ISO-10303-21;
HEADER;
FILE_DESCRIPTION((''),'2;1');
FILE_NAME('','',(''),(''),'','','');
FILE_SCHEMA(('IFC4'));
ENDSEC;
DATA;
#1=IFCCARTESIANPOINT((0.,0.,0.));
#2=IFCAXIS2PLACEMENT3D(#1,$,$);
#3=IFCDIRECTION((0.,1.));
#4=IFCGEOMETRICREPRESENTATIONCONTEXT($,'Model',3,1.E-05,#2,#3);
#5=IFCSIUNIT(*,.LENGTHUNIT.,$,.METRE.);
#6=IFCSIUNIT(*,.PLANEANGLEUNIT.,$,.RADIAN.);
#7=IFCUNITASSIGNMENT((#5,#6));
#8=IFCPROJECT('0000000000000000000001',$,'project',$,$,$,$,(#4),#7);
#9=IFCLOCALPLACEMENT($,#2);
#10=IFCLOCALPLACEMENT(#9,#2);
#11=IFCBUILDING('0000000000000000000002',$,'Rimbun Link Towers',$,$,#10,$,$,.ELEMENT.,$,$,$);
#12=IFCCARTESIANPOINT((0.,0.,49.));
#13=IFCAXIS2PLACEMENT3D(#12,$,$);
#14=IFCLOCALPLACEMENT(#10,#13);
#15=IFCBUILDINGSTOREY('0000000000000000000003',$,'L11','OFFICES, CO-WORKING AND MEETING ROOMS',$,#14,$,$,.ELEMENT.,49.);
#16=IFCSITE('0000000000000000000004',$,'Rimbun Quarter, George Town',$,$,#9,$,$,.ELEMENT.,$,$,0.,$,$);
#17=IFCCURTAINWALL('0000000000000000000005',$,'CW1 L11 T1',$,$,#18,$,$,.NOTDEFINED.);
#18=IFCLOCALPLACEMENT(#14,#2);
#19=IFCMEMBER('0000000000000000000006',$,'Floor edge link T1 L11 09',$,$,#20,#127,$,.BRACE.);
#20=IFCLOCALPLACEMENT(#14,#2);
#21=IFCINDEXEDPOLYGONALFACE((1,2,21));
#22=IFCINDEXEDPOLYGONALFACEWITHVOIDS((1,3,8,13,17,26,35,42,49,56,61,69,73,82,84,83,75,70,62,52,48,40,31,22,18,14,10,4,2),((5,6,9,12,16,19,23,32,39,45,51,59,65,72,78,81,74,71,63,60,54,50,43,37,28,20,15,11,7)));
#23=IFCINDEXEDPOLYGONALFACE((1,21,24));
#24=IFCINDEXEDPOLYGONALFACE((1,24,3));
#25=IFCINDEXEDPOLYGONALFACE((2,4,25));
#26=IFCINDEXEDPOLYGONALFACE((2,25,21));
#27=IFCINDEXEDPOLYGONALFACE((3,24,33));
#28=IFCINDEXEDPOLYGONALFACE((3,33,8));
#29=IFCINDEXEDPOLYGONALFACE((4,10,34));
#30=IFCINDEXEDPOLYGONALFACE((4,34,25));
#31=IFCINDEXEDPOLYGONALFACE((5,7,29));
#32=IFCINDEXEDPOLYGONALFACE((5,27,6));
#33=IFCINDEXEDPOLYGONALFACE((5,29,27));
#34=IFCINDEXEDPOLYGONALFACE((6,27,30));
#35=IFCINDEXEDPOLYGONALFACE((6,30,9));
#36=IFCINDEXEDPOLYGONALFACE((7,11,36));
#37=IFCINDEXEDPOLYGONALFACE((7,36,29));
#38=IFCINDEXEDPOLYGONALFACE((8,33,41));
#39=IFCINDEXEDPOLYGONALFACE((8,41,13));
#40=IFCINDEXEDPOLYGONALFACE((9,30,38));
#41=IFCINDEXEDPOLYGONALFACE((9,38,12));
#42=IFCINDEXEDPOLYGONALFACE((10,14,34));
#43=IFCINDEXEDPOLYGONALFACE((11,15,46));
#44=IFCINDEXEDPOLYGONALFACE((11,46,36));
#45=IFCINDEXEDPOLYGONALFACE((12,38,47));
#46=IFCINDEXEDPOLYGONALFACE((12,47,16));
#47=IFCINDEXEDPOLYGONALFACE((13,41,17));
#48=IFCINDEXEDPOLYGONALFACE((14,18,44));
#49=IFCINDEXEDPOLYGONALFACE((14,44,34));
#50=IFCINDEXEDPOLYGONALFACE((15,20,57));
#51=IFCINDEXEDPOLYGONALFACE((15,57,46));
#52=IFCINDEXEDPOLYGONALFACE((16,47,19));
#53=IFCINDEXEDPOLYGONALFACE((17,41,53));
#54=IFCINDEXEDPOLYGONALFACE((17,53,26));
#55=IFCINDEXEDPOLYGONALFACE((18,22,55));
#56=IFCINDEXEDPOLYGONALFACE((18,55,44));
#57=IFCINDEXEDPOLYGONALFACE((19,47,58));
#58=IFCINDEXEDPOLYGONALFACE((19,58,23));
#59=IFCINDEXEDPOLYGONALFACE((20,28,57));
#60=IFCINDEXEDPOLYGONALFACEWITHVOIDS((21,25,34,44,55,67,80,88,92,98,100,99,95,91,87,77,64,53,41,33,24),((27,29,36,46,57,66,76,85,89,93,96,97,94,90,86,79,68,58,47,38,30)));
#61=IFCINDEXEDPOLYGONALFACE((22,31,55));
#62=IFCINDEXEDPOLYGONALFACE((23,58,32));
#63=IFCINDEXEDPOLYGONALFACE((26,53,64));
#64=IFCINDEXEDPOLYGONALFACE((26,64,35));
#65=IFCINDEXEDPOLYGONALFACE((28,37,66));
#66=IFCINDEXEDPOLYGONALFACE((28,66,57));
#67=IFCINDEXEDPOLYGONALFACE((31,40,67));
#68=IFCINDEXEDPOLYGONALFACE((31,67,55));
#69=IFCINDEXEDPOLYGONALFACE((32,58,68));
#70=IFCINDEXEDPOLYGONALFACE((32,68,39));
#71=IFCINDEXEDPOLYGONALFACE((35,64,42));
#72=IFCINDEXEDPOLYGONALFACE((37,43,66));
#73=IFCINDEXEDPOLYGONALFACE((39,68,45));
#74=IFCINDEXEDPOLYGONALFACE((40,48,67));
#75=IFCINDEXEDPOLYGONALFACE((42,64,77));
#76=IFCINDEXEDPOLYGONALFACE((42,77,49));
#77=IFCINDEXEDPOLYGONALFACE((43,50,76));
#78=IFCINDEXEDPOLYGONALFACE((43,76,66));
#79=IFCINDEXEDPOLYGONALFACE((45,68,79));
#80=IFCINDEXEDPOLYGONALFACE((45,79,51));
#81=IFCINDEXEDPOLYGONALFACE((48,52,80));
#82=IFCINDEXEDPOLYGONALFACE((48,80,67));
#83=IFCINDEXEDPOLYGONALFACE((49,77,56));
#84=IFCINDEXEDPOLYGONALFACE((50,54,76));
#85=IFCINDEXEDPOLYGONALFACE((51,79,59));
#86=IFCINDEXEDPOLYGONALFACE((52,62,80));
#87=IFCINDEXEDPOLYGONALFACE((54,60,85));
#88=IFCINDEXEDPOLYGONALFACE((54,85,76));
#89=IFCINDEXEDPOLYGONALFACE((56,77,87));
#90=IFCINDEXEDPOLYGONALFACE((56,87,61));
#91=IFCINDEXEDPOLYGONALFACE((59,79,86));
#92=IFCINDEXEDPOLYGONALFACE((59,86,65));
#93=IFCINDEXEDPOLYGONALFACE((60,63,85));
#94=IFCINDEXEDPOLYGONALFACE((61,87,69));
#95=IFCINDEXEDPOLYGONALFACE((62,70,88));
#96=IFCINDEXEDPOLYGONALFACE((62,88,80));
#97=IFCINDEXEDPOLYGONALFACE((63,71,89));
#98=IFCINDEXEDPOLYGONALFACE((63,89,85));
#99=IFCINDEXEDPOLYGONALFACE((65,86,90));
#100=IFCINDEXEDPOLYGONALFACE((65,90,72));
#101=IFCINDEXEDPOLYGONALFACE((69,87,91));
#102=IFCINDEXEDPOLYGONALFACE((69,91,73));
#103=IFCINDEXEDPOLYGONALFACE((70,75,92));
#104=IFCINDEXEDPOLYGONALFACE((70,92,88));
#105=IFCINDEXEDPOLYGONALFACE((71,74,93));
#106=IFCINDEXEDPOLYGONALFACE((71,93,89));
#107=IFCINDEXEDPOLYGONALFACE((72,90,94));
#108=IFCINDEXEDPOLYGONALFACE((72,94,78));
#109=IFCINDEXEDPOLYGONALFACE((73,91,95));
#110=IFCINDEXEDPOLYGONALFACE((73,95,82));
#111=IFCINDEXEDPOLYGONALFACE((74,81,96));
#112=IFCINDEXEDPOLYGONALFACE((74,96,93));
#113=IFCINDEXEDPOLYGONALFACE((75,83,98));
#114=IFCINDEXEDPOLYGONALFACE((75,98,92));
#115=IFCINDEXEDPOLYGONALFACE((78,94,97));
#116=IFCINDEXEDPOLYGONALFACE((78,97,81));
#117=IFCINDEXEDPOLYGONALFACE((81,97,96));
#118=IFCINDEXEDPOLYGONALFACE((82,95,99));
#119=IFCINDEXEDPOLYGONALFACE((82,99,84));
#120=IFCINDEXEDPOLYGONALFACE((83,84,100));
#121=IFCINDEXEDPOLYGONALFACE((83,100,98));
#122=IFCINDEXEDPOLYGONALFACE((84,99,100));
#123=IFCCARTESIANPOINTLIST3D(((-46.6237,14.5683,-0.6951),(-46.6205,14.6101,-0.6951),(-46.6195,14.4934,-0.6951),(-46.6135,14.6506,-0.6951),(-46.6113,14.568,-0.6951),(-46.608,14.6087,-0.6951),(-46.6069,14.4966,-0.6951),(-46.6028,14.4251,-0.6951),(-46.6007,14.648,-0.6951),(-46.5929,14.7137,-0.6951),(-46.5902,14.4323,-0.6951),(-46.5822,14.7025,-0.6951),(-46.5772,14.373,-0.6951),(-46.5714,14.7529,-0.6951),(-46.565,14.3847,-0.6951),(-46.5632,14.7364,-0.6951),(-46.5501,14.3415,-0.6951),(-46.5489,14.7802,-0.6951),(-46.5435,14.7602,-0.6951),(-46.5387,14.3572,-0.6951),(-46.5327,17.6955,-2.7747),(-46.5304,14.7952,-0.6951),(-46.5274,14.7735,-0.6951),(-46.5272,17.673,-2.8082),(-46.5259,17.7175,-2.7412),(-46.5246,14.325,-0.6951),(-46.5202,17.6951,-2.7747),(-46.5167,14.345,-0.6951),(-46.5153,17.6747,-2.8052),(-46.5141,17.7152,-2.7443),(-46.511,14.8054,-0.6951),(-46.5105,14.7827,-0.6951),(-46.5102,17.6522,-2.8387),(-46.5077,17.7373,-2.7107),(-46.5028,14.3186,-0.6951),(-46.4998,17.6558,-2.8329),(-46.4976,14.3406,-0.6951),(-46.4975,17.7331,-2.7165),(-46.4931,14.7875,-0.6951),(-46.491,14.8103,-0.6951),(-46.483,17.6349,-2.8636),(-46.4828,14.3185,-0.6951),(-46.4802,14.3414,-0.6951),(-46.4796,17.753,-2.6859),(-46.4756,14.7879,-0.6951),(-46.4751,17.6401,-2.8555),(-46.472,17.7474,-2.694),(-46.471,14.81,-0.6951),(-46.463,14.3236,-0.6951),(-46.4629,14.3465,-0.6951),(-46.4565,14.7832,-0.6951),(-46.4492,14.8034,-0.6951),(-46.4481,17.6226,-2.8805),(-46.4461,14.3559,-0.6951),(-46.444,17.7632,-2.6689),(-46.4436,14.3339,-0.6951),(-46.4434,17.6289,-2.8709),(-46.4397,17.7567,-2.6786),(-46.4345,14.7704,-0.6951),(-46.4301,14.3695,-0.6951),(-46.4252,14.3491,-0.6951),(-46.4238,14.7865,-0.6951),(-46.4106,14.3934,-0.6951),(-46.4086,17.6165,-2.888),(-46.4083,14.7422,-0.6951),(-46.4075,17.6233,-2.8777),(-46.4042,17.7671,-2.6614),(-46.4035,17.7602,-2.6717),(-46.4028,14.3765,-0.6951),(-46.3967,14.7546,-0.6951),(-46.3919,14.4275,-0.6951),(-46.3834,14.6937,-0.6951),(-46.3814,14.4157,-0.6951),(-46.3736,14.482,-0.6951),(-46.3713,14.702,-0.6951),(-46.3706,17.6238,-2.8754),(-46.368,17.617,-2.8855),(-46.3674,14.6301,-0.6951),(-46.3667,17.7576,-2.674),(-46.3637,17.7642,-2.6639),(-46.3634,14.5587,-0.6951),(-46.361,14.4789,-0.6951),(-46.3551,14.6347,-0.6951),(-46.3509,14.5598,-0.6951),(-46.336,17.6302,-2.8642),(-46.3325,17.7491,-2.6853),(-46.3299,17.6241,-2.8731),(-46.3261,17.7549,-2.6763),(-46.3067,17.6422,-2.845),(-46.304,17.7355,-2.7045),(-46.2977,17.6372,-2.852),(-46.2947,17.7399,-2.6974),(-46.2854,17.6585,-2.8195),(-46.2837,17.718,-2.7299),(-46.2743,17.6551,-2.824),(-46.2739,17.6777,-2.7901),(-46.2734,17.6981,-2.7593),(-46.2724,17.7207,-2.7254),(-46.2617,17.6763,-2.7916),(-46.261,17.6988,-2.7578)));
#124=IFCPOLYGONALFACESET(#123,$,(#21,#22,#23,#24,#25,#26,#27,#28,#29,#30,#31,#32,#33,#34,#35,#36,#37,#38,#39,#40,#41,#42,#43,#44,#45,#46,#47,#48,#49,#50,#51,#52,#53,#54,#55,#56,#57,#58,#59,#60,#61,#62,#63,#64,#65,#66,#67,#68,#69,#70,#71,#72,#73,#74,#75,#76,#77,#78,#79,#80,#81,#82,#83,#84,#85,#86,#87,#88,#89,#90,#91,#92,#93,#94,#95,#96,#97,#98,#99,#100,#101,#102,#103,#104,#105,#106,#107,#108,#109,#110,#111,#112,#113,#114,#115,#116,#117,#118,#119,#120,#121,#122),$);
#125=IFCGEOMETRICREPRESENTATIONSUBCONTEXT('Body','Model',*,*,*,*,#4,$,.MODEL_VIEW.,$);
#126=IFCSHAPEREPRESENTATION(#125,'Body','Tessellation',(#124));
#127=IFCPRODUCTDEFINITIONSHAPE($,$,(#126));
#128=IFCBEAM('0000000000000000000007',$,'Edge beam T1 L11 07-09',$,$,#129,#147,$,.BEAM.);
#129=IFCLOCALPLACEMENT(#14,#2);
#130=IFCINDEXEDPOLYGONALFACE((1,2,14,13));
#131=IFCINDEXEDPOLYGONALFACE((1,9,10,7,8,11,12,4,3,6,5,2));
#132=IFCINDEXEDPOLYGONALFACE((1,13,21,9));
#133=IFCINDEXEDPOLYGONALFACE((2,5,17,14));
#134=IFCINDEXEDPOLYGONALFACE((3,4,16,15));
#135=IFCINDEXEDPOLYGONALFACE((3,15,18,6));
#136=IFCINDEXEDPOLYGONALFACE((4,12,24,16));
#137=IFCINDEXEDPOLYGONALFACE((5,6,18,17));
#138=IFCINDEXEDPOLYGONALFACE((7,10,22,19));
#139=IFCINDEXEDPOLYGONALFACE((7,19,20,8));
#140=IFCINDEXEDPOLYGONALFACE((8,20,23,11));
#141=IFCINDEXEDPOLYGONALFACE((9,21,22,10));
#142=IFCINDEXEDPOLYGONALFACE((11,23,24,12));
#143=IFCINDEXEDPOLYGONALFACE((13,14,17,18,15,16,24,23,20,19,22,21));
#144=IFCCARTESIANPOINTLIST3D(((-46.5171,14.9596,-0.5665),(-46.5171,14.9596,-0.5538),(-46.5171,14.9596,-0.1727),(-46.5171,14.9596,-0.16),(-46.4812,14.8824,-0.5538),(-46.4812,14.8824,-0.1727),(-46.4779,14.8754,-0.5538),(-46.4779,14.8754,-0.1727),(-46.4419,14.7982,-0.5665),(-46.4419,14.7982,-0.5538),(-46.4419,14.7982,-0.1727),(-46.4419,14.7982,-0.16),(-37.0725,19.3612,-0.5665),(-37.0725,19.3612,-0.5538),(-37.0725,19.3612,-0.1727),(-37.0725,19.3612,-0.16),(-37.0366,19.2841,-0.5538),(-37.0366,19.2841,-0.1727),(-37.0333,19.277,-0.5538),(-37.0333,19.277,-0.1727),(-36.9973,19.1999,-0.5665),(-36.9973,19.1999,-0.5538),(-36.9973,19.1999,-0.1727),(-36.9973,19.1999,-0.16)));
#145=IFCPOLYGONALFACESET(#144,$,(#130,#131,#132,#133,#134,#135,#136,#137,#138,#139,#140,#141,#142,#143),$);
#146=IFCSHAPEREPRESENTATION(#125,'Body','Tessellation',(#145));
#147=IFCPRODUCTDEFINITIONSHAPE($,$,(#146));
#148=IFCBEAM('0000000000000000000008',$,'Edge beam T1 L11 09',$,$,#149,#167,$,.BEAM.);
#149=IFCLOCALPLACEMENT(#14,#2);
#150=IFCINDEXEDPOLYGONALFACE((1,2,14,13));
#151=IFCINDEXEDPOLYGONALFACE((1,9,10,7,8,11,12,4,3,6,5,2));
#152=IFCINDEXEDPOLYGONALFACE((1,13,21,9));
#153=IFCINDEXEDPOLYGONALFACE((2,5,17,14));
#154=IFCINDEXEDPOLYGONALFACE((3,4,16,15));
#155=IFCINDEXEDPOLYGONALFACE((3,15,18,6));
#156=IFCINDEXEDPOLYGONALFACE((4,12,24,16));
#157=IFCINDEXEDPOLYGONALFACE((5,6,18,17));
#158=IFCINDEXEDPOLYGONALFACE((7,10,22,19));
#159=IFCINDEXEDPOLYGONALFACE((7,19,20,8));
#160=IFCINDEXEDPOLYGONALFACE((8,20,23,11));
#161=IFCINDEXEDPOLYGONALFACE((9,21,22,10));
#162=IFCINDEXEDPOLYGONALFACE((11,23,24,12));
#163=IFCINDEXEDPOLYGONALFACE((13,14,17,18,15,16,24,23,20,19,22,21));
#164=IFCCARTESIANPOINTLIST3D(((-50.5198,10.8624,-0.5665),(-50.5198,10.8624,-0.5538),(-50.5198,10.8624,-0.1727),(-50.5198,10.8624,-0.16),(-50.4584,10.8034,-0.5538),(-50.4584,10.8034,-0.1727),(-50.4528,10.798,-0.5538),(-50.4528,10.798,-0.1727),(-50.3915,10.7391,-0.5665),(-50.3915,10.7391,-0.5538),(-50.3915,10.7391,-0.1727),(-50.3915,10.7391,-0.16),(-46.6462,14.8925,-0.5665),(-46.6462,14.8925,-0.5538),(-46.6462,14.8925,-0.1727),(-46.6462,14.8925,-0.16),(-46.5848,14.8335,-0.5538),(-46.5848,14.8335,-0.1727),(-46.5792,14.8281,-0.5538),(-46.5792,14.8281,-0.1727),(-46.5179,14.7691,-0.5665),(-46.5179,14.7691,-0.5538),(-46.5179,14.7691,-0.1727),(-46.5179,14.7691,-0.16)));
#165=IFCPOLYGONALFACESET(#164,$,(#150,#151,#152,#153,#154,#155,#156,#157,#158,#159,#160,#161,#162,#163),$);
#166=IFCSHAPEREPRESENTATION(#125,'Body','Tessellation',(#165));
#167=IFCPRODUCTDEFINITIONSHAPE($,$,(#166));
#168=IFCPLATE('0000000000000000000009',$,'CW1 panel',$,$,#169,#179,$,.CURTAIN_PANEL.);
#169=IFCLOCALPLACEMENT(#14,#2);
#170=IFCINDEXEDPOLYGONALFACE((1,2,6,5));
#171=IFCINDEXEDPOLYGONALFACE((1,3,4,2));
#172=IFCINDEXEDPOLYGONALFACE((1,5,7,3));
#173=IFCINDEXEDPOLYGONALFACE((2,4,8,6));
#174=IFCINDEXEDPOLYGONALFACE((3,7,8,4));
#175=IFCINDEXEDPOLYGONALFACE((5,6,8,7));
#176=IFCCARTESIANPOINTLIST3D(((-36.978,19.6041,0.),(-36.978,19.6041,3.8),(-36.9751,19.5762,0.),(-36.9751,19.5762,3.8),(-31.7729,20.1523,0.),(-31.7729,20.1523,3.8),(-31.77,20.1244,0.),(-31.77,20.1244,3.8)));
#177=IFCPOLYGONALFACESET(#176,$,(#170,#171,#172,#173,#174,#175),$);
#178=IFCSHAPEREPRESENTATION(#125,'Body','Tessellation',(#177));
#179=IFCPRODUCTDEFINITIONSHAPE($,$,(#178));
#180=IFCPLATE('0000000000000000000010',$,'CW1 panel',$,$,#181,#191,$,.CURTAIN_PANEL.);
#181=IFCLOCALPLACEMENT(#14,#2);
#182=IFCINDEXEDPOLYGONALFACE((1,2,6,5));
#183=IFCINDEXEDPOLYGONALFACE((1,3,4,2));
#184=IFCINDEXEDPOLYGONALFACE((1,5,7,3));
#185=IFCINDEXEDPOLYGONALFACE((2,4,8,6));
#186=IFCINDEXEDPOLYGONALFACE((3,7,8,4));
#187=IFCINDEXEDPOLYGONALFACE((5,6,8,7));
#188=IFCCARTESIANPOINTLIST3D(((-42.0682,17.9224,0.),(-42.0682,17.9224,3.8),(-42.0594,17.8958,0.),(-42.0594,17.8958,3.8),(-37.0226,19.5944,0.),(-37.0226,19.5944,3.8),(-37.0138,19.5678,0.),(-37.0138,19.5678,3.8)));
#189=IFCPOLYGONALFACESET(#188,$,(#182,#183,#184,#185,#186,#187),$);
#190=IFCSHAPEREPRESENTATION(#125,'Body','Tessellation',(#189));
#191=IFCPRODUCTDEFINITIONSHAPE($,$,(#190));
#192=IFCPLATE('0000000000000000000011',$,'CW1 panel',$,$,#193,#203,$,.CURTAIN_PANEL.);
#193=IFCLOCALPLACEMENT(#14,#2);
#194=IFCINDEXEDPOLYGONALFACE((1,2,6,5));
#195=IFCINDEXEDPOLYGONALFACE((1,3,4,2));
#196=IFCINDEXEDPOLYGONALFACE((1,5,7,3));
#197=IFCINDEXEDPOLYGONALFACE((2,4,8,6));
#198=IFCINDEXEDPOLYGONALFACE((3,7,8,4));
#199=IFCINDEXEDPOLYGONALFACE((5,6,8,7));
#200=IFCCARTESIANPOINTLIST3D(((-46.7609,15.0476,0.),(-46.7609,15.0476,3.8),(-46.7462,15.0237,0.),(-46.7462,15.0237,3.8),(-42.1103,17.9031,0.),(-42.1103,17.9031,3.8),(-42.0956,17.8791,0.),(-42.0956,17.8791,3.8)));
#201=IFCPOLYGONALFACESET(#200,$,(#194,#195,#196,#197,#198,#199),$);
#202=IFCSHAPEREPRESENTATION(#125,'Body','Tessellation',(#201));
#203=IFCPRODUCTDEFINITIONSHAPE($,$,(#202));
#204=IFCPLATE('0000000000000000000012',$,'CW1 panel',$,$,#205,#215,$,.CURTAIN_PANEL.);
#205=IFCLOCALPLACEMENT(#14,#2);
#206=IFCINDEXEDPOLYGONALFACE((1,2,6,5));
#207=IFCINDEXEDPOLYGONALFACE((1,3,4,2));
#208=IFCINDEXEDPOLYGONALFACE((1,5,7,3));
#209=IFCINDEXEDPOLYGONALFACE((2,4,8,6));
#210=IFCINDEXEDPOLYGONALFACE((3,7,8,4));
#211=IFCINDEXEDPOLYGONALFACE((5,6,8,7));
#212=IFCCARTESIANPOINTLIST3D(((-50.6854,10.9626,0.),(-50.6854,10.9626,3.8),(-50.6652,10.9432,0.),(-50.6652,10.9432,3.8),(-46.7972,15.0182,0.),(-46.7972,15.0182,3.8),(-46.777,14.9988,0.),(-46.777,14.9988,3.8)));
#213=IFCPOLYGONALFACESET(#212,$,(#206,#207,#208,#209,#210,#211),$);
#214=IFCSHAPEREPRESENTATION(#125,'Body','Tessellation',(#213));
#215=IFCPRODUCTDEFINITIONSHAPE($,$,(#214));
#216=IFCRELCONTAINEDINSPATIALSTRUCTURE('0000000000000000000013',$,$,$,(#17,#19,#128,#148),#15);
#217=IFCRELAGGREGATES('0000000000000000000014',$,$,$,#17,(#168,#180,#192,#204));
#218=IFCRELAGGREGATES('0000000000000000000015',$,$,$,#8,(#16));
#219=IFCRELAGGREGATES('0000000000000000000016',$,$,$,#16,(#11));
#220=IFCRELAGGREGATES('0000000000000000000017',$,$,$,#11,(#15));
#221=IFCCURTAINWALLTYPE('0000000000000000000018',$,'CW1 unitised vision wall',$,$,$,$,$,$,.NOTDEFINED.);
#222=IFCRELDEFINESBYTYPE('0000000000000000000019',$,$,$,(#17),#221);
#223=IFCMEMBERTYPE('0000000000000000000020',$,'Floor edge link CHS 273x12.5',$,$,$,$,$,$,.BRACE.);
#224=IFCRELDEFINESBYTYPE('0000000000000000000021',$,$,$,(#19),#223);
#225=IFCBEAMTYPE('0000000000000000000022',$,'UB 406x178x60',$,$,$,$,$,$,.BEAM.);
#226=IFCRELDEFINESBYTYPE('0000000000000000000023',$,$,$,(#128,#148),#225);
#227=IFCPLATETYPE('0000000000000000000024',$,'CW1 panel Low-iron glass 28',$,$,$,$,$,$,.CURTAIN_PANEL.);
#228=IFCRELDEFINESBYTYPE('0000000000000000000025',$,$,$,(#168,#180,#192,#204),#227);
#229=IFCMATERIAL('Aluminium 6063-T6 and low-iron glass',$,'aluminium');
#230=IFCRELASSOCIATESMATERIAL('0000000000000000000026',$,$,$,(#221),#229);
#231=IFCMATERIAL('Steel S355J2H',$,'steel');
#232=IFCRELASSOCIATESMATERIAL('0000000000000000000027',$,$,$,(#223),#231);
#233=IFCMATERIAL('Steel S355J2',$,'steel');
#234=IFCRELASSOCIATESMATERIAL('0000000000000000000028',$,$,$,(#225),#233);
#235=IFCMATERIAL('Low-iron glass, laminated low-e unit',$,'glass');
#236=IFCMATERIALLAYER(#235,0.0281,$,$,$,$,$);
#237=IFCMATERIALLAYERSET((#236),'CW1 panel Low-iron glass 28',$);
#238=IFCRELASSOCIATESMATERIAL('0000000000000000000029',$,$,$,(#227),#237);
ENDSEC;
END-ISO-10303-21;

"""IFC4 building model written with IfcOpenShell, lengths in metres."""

from ifc_helpers import new_model, si_unit, direction, frame, origin, origin_2d, place, context, subcontext, project, spatial, rectangle, hollow_circle, i_section, extrude, clip, halfspace, material, layer, layer_set, material_profile, profile_set, type_object, element, aggregate, save


model = new_model("IFC4")

# Units and contexts
model_context = context("Model", 3, precision=1e-05, world=origin(), true_north=direction((0.0, 1.0)))
body_context = subcontext(model_context, "Body", "Model", "MODEL_VIEW")
ifc_project = project(units=[si_unit("LENGTHUNIT", "METRE"), si_unit("PLANEANGLEUNIT", "RADIAN")], contexts=[model_context])

# Site, building, storey
site_placement = place(None, origin())
site = spatial("IfcSite", under=ifc_project, at=site_placement, Name="Rimbun Quarter, George Town", CompositionType="ELEMENT", RefElevation=0.0)
building_placement = place(site_placement, origin())
building = spatial("IfcBuilding", under=site, at=building_placement, Name="Rimbun Link Towers", CompositionType="ELEMENT")
storey_placement = place(building_placement, frame((0.0, 0.0, 49.0)))
storey = spatial("IfcBuildingStorey", under=building, at=storey_placement, Name="L11", Description="OFFICES, CO-WORKING AND MEETING ROOMS", CompositionType="ELEMENT", Elevation=49.0)

# Curtain wall
ifc_material_1 = material(Name="Aluminium 6063-T6 and low-iron glass", Category="aluminium")
curtain_wall_type = type_object("IfcCurtainWallType", Name="CW1 unitised vision wall", PredefinedType="NOTDEFINED", material=ifc_material_1)
curtain_wall_placement = place(storey_placement, origin())
curtain_wall = element("IfcCurtainWall", 1, at=curtain_wall_placement, inside=storey, type_object=curtain_wall_type, Name="CW1 L11 T1", PredefinedType="NOTDEFINED")

# Member
ifc_material_2 = material(Name="Steel S355J2H", Category="steel")
ifc_material_profile_1 = material_profile(ifc_material_2, hollow_circle(Radius=0.1365, WallThickness=0.0125, at=origin_2d()), Name="CHS 273x12.5")
ifc_profile_set_1 = profile_set([ifc_material_profile_1], Name="Steel S355J2H")
member_type_1 = type_object("IfcMemberType", Name="Floor edge link CHS 273x12.5", PredefinedType="BRACE", material=ifc_profile_set_1)
member_1_placement = place(storey_placement, frame((-46.4824, 14.7324, -0.8069), z_axis=(0.024245, 0.832439, -0.553586), x_axis=(-0.999576, 0.029113, 0.0)))
element("IfcMember", 2, at=member_1_placement, inside=storey, type_object=member_type_1, Name="Floor edge link T1 L11 09", PredefinedType="BRACE", context=body_context, shape_type="Clipping", body=[
    clip(extrude(hollow_circle(Radius=0.1365, WallThickness=0.0125, at=origin_2d()), frame((0.0, 0.0, -0.4287)), (0.0, 0.0, 1.0), 3.9834), halfspace(frame((0.0, 0.0, -0.2019), z_axis=(0.0, 0.832792, -0.553586)), False)),
])

# Beams
ifc_material_3 = material(Name="Steel S355J2", Category="steel")
ifc_material_profile_2 = material_profile(ifc_material_3, i_section(OverallWidth=0.178, OverallDepth=0.4065, WebThickness=0.0078, FlangeThickness=0.0127, at=origin_2d()), Name="UB 406x178x60")
ifc_profile_set_2 = profile_set([ifc_material_profile_2], Name="Steel S355J2")
beam_type = type_object("IfcBeamType", Name="UB 406x178x60", PredefinedType="BEAM", material=ifc_profile_set_2)
beam_1_placement = place(storey_placement, frame((-37.0349, 19.2805, -0.3633), z_axis=(-0.906399, -0.422424, 0.0), x_axis=(0.422424, -0.906399, 0.0)))
element("IfcBeam", 3, at=beam_1_placement, inside=storey, type_object=beam_type, Name="Edge beam T1 L11 07-09", PredefinedType="BEAM", context=body_context, shape_type="SweptSolid", body=[
    extrude(i_section(OverallWidth=0.178, OverallDepth=0.4065, WebThickness=0.0078, FlangeThickness=0.0127, at=origin_2d()), origin(), (0.0, 0.0, 1.0), 10.4199),
])
beam_2_placement = place(storey_placement, frame((-46.582, 14.8308, -0.3633), z_axis=(-0.69297, -0.720966, 0.0), x_axis=(0.720966, -0.69297, 0.0)))
element("IfcBeam", 4, at=beam_2_placement, inside=storey, type_object=beam_type, Name="Edge beam T1 L11 09", PredefinedType="BEAM", context=body_context, shape_type="SweptSolid", body=[
    extrude(i_section(OverallWidth=0.178, OverallDepth=0.4065, WebThickness=0.0078, FlangeThickness=0.0127, at=origin_2d()), origin(), (0.0, 0.0, 1.0), 5.5898),
])

# Plates
ifc_material_4 = material(Name="Low-iron glass, laminated low-e unit", Category="glass")
ifc_layer_1 = layer(ifc_material_4, 0.0281)
ifc_layer_set_1 = layer_set([ifc_layer_1], Name="CW1 panel Low-iron glass 28")
plate_type = type_object("IfcPlateType", Name="CW1 panel Low-iron glass 28", PredefinedType="CURTAIN_PANEL", material=ifc_layer_set_1)
plate_1_placement = place(storey_placement, frame((-34.374, 19.8643, 0.0), z_axis=(0.0, 0.0, 1.0), x_axis=(0.994499, 0.104742, 0.0)))
plate_1 = element("IfcPlate", 5, at=plate_1_placement, type_object=plate_type, Name="CW1 panel", PredefinedType="CURTAIN_PANEL", context=body_context, shape_type="SweptSolid", body=[
    extrude(rectangle(XDim=5.2339, YDim=0.0281, at=origin_2d()), origin(), (0.0, 0.0, 1.0), 3.8),
])
plate_2_placement = place(storey_placement, frame((-39.541, 18.7451, 0.0), z_axis=(0.0, 0.0, 1.0), x_axis=(0.949238, 0.314558, 0.0)))
plate_2 = element("IfcPlate", 6, at=plate_2_placement, type_object=plate_type, Name="CW1 panel", PredefinedType="CURTAIN_PANEL", context=body_context, shape_type="SweptSolid", body=[
    extrude(rectangle(XDim=5.3154, YDim=0.0281, at=origin_2d()), origin(), (0.0, 0.0, 1.0), 3.8),
])
plate_3_placement = place(storey_placement, frame((-44.4282, 16.4634, 0.0), z_axis=(0.0, 0.0, 1.0), x_axis=(0.852185, 0.523241, 0.0)))
plate_3 = element("IfcPlate", 7, at=plate_3_placement, type_object=plate_type, Name="CW1 panel", PredefinedType="CURTAIN_PANEL", context=body_context, shape_type="SweptSolid", body=[
    extrude(rectangle(XDim=5.4573, YDim=0.0281, at=origin_2d()), origin(), (0.0, 0.0, 1.0), 3.8),
])
plate_4_placement = place(storey_placement, frame((-48.7312, 12.9807, 0.0), z_axis=(0.0, 0.0, 1.0), x_axis=(0.692052, 0.721848, 0.0)))
plate_4 = element("IfcPlate", 8, at=plate_4_placement, type_object=plate_type, Name="CW1 panel", PredefinedType="CURTAIN_PANEL", context=body_context, shape_type="SweptSolid", body=[
    extrude(rectangle(XDim=5.6184, YDim=0.0281, at=origin_2d()), origin(), (0.0, 0.0, 1.0), 3.8),
])
aggregate(curtain_wall, [plate_1, plate_2, plate_3, plate_4])

save(model, "model.ifc")
